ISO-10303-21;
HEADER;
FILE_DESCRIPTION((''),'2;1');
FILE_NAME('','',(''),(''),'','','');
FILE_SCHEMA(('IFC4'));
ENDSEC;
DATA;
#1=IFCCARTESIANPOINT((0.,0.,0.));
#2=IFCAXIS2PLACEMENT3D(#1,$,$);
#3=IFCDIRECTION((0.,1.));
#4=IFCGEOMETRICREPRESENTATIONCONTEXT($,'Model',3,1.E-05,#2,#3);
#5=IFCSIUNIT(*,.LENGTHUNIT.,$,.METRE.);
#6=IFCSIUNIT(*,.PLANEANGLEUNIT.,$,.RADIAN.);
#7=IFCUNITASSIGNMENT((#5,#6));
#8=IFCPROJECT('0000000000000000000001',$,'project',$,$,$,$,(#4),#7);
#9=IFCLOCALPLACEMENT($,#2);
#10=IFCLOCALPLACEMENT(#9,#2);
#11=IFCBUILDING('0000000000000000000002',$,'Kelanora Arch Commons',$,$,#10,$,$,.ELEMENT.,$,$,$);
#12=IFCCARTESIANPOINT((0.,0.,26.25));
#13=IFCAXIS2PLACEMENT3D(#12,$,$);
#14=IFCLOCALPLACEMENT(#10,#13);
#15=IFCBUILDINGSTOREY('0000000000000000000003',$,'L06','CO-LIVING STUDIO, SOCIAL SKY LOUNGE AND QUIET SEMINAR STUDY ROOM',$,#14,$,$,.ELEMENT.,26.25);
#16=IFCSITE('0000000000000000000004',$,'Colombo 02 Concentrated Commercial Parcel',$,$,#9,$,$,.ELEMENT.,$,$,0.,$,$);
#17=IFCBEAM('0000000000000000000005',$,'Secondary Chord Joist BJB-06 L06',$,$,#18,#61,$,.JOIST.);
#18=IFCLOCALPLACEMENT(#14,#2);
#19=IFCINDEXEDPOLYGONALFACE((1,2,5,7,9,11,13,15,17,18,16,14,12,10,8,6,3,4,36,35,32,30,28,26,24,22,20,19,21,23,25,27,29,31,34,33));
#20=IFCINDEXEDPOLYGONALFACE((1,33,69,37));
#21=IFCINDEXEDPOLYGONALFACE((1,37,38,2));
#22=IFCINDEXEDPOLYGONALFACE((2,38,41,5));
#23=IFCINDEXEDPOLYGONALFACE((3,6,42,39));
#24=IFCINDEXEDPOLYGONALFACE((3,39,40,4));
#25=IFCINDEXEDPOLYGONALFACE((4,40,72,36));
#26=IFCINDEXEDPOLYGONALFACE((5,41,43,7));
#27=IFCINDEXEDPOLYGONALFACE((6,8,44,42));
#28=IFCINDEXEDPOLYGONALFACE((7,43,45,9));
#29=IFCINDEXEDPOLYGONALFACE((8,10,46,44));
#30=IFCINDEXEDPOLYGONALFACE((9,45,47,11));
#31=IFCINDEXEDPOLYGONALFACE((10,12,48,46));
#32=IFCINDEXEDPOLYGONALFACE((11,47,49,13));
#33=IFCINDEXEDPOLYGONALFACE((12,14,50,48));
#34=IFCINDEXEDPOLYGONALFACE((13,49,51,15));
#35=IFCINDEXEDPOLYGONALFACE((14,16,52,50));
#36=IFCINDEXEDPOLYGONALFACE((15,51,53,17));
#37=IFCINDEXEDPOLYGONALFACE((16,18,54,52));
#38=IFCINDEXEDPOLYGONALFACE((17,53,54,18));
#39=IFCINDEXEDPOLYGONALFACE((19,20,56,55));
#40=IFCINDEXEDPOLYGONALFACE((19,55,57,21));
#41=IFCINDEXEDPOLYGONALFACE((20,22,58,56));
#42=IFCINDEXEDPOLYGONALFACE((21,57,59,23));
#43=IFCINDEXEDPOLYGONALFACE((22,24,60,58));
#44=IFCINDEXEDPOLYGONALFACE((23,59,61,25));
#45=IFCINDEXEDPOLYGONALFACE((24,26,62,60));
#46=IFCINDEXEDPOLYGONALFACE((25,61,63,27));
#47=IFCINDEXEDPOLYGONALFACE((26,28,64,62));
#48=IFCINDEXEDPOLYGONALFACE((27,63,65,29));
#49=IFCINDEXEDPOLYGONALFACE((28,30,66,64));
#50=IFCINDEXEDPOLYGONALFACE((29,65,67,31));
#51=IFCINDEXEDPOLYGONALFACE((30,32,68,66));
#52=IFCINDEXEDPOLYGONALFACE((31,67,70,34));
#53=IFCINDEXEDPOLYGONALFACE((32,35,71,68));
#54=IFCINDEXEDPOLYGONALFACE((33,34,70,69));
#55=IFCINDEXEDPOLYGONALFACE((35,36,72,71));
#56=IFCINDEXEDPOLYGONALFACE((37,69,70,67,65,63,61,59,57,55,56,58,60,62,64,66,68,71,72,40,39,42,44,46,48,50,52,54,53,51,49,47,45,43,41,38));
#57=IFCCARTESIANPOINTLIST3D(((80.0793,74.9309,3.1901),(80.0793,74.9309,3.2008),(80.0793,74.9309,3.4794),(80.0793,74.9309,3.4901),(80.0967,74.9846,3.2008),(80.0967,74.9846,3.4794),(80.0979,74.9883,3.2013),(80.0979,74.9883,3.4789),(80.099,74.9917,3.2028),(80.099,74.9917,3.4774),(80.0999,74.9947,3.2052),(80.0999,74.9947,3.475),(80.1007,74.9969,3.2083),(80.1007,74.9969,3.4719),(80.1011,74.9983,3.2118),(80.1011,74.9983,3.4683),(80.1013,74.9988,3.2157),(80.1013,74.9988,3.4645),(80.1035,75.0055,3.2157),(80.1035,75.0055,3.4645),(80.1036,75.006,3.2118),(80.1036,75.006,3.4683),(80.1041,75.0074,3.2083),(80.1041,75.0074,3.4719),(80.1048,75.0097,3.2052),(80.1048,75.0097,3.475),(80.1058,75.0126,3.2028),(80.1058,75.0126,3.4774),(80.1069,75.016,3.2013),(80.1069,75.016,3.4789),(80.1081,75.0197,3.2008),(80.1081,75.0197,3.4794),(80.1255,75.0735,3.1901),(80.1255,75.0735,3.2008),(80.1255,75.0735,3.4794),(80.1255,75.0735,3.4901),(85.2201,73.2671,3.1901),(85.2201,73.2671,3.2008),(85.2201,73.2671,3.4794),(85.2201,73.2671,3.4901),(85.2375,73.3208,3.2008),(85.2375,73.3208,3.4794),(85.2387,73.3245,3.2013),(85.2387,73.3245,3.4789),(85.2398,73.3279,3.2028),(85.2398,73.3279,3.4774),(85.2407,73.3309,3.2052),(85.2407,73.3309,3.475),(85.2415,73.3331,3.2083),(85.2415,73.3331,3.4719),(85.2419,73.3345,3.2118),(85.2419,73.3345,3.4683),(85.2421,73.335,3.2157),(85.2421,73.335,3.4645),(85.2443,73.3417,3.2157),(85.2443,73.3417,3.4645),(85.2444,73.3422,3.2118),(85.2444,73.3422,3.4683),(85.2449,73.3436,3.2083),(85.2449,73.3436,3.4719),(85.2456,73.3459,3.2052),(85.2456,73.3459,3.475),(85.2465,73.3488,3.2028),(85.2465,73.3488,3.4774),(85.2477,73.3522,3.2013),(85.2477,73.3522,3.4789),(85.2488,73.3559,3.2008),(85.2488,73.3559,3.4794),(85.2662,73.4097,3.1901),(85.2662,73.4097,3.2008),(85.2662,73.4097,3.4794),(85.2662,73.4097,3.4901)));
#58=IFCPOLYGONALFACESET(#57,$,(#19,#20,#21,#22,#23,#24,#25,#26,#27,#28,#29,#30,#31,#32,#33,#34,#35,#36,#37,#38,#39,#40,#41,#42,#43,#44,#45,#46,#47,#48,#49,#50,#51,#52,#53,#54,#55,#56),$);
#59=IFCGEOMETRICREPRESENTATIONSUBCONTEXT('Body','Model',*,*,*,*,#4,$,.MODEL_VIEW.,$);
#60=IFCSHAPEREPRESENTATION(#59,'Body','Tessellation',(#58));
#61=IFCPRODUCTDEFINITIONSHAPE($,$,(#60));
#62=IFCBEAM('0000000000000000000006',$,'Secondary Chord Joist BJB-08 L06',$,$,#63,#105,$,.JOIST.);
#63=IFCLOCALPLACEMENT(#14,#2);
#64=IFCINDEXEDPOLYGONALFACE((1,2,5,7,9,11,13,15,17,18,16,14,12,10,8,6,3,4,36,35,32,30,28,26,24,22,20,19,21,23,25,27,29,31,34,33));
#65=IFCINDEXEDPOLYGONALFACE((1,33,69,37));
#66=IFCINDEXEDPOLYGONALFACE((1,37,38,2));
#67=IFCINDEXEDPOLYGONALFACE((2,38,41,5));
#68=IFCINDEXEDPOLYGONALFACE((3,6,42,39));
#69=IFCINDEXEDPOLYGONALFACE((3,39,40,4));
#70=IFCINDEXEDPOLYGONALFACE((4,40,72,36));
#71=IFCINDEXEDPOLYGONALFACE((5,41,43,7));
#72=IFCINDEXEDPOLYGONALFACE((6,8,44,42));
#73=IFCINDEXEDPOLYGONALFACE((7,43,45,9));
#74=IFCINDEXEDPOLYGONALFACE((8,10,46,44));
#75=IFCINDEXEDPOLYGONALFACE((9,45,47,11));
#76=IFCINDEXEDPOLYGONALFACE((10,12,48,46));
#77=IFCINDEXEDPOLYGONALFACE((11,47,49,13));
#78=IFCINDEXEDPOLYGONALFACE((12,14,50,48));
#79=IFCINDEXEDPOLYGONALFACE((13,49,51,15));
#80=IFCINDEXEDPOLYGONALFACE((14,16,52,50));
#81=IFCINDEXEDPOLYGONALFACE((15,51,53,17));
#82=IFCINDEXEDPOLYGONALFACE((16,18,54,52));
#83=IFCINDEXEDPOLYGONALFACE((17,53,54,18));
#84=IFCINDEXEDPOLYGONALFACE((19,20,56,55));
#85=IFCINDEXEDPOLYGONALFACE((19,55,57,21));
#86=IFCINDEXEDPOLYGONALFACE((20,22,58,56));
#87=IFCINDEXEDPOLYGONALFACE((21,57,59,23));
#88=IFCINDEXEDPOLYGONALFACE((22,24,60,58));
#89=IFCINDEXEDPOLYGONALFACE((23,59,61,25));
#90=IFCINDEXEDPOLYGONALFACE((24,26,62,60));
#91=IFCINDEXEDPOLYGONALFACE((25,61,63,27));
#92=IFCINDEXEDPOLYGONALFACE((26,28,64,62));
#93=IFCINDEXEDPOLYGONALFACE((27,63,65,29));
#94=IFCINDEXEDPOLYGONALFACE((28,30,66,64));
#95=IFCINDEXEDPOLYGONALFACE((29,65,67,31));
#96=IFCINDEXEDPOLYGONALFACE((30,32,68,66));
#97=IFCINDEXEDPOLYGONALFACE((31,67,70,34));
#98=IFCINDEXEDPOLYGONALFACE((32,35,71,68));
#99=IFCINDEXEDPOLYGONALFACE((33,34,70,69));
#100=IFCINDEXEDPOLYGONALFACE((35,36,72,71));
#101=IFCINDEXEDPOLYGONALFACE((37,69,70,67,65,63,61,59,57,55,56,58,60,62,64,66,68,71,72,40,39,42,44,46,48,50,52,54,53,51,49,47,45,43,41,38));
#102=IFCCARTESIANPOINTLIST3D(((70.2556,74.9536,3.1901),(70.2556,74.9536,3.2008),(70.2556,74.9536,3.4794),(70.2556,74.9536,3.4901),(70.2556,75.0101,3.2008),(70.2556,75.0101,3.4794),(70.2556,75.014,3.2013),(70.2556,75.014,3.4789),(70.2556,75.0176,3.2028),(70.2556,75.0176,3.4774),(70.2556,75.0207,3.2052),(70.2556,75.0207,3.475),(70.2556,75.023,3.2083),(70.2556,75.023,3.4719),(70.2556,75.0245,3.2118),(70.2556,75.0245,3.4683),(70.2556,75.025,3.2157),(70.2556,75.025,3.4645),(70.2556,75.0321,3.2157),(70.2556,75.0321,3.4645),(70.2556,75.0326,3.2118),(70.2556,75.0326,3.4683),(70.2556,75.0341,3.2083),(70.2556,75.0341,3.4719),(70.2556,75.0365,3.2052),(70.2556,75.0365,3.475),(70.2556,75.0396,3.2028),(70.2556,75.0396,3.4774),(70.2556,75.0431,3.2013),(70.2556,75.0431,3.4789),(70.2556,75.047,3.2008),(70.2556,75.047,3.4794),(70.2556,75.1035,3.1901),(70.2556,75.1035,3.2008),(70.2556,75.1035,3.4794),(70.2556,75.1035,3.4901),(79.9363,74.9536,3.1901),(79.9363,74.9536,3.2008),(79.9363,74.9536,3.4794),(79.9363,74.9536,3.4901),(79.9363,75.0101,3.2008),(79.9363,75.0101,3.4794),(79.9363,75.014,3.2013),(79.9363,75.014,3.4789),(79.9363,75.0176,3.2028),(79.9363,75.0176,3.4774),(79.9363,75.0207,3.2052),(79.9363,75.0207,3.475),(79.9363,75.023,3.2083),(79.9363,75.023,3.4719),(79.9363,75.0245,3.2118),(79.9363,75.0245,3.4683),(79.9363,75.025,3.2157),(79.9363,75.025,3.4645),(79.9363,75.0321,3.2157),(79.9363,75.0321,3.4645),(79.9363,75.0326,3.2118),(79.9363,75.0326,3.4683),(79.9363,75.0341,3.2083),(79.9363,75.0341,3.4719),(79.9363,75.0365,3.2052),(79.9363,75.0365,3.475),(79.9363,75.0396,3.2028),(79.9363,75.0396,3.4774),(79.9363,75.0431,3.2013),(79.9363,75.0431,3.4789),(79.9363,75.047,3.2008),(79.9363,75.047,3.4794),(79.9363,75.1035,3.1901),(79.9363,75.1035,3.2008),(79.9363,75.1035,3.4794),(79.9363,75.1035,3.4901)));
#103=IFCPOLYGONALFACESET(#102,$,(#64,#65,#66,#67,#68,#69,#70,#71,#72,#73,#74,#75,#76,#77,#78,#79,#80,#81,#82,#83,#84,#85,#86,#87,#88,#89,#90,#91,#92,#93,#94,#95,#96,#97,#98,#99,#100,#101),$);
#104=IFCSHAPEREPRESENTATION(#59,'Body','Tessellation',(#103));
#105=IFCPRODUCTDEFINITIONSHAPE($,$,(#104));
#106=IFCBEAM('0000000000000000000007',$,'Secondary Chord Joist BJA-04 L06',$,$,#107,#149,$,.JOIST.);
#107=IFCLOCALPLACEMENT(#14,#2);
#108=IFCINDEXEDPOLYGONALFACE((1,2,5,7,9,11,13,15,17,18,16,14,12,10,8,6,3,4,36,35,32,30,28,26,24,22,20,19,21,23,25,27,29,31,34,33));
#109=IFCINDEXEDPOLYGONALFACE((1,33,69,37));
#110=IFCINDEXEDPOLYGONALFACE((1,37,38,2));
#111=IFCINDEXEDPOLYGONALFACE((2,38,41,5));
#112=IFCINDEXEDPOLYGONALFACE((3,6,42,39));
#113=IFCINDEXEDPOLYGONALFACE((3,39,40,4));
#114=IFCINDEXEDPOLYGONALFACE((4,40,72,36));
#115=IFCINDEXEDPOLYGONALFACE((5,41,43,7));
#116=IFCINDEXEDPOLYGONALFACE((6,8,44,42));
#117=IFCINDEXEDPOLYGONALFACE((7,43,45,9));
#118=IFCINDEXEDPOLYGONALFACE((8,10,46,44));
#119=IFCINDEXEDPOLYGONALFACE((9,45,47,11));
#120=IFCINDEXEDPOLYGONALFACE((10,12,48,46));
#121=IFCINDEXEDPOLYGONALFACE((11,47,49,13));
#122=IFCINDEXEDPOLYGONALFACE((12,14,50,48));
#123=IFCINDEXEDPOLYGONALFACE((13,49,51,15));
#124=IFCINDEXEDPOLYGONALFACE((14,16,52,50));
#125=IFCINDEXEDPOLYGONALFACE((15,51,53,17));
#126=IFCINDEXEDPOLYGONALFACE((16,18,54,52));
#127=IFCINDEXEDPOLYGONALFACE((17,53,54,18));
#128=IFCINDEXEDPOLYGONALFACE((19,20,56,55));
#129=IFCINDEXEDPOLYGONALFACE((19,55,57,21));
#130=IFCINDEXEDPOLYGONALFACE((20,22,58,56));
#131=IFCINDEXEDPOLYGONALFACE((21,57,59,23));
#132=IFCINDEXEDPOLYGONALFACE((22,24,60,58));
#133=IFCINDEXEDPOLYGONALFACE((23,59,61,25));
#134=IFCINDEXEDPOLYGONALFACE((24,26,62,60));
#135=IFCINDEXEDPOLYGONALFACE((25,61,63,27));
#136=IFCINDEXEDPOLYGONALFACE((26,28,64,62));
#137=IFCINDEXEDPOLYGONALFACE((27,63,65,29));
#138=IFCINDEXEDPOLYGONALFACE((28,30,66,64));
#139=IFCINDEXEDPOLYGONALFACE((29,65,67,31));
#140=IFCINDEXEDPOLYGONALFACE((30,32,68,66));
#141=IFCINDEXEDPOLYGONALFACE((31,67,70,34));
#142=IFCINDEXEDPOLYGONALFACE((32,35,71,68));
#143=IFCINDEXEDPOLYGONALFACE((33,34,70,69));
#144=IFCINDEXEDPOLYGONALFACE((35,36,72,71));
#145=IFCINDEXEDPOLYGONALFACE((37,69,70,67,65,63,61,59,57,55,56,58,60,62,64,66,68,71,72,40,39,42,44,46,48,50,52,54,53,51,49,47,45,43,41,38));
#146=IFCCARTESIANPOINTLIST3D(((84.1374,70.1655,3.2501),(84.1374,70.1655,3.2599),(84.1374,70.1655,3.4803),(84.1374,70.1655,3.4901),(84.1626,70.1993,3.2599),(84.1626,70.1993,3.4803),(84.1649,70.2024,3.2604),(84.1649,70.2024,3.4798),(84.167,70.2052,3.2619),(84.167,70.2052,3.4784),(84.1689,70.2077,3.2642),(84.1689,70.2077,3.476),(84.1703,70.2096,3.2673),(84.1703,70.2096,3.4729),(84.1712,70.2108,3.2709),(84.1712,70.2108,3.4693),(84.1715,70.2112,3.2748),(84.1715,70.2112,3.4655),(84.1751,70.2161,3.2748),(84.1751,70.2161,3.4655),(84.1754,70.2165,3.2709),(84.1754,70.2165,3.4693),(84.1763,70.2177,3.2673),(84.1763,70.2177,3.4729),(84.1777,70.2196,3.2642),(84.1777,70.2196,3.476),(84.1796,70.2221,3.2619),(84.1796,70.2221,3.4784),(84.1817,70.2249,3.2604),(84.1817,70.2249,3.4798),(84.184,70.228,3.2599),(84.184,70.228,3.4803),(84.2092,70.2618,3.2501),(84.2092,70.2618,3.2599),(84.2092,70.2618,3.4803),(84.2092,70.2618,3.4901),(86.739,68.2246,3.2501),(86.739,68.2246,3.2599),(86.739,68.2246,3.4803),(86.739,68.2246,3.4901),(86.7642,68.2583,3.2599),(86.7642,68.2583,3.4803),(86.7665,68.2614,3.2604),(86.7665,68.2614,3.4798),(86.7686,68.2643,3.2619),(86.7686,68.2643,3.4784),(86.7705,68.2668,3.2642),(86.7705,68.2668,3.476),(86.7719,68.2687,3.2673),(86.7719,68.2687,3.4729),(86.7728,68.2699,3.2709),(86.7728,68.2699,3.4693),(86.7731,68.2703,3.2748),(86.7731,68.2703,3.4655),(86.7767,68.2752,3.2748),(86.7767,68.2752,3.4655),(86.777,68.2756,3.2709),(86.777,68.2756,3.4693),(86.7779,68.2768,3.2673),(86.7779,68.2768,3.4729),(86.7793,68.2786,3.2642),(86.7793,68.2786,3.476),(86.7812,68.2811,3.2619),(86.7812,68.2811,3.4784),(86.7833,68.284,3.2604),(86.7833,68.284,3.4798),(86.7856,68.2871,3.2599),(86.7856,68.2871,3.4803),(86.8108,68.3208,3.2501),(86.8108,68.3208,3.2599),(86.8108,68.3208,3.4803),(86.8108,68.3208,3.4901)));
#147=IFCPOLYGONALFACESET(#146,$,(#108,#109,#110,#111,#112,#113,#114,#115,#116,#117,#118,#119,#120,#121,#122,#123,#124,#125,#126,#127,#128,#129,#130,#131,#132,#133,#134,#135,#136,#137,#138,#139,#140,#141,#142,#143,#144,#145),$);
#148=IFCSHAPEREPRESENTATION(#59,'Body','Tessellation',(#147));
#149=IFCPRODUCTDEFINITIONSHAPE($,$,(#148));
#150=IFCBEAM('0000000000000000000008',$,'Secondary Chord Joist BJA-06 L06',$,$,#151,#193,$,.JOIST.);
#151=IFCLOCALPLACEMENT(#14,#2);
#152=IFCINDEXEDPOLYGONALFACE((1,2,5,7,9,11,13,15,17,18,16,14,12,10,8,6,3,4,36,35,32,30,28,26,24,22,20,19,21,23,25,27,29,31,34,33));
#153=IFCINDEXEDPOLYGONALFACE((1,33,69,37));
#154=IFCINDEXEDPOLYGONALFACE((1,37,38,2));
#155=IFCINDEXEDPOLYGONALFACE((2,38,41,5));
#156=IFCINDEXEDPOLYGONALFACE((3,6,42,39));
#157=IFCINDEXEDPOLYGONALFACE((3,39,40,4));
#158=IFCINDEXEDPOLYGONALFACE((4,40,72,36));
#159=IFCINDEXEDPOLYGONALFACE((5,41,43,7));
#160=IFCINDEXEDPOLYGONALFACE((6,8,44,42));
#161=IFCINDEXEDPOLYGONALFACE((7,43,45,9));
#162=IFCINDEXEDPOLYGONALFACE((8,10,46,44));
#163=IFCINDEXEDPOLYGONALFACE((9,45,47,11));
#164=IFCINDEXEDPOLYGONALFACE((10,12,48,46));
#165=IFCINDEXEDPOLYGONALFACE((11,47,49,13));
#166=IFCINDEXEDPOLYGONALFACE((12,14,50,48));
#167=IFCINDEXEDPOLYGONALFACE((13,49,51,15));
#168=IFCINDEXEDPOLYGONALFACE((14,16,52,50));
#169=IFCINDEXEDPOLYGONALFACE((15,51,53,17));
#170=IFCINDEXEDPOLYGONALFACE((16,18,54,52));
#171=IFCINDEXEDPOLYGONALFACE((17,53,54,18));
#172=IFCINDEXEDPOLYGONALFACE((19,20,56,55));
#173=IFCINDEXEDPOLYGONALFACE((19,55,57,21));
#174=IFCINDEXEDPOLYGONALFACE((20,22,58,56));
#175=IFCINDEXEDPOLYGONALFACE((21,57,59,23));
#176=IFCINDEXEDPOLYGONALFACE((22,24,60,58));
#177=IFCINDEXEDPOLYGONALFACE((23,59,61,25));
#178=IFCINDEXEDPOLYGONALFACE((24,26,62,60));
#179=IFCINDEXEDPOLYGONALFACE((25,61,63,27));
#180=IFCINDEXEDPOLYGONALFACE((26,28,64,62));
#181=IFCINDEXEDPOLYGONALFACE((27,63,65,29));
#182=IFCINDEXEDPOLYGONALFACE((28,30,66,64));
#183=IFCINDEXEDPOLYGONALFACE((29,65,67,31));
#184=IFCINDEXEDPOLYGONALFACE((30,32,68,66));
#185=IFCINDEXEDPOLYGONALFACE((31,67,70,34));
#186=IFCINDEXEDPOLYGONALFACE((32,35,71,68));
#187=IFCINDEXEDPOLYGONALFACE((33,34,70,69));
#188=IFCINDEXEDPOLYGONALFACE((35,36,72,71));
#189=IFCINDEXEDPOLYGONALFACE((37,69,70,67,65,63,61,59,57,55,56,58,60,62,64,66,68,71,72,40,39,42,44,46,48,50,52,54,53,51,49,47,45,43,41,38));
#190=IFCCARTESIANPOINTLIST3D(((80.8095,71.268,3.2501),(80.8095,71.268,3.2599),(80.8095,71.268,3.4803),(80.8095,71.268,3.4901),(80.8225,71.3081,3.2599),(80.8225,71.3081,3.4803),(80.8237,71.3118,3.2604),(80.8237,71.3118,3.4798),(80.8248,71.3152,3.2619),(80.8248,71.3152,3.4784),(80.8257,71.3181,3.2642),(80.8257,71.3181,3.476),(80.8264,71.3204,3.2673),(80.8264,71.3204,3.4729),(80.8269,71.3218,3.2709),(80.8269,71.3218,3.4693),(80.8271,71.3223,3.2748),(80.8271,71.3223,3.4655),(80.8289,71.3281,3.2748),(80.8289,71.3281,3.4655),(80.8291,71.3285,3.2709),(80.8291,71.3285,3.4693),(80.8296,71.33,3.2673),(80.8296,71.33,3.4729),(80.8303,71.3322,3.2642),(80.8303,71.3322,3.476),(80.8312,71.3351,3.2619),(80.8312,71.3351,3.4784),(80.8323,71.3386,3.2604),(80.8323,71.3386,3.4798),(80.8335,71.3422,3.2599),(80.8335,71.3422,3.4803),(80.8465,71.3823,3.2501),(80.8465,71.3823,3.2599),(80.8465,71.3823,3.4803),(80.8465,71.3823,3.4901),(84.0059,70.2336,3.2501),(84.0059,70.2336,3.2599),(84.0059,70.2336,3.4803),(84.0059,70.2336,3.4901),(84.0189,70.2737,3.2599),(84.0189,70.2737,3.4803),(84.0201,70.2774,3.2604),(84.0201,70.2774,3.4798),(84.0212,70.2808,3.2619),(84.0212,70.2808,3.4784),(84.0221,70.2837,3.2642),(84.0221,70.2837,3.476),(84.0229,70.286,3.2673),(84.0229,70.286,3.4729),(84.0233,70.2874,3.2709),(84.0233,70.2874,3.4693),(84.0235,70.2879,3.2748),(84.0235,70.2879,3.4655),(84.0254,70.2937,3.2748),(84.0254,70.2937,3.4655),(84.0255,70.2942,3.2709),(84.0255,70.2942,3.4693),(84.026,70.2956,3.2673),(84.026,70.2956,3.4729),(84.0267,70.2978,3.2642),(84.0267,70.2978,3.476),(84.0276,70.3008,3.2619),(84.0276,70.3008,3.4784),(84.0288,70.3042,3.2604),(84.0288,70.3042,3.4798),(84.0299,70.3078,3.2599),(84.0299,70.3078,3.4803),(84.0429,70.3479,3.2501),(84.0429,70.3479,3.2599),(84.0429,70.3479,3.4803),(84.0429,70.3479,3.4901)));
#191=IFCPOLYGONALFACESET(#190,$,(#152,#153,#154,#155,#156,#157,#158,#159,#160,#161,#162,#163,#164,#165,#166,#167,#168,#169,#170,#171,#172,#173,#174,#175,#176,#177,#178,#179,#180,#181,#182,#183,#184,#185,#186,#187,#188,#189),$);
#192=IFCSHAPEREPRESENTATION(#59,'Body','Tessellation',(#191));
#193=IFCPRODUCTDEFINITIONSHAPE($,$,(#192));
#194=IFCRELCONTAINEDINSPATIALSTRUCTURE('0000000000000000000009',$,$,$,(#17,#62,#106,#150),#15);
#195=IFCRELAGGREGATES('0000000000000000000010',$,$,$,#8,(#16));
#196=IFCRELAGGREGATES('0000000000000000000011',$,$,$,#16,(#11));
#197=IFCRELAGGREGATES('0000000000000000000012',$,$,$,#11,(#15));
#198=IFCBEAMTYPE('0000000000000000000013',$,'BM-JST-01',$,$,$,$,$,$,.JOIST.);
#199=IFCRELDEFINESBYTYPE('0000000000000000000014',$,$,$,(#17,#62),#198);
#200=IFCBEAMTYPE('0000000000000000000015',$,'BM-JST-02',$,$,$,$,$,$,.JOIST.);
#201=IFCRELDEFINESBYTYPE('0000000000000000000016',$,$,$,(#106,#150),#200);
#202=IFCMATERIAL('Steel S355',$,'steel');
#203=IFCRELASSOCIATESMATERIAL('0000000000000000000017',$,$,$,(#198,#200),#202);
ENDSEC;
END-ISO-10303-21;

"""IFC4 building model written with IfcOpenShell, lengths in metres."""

from ifc_helpers import new_model, si_unit, direction, frame, origin, origin_2d, place, context, subcontext, project, spatial, i_section, extrude, material, material_profile, profile_set, type_object, element, save


model = new_model("IFC4")

# Units and contexts
model_context = context("Model", 3, precision=1e-05, world=origin(), true_north=direction((0.0, 1.0)))
body_context = subcontext(model_context, "Body", "Model", "MODEL_VIEW")
ifc_project = project(units=[si_unit("LENGTHUNIT", "METRE"), si_unit("PLANEANGLEUNIT", "RADIAN")], contexts=[model_context])

# Site, building, storey
site_placement = place(None, origin())
site = spatial("IfcSite", under=ifc_project, at=site_placement, Name="Colombo 02 Concentrated Commercial Parcel", CompositionType="ELEMENT", RefElevation=0.0)
building_placement = place(site_placement, origin())
building = spatial("IfcBuilding", under=site, at=building_placement, Name="Kelanora Arch Commons", CompositionType="ELEMENT")
storey_placement = place(building_placement, frame((0.0, 0.0, 26.25)))
storey = spatial("IfcBuildingStorey", under=building, at=storey_placement, Name="L06", Description="CO-LIVING STUDIO, SOCIAL SKY LOUNGE AND QUIET SEMINAR STUDY ROOM", CompositionType="ELEMENT", Elevation=26.25)

# Beams
ifc_material_1 = material(Name="Steel S355", Category="steel")
ifc_material_profile_1 = material_profile(ifc_material_1, i_section(OverallWidth=0.1499, OverallDepth=0.3, WebThickness=0.0071, FlangeThickness=0.0107, FilletRadius=0.0149, at=origin_2d()), Name="IPE300")
ifc_profile_set_1 = profile_set([ifc_material_profile_1], Name="Steel S355")
beam_type_1 = type_object("IfcBeamType", Name="BM-JST-01", PredefinedType="JOIST", material=ifc_profile_set_1)
beam_1_placement = place(storey_placement, frame((85.2432, 73.3384, 3.3401), z_axis=(-0.951412, 0.30792, 0.0), x_axis=(-0.30792, -0.951412, 0.0)))
element("IfcBeam", 1, at=beam_1_placement, inside=storey, type_object=beam_type_1, Name="Secondary Chord Joist BJB-06 L06", PredefinedType="JOIST", context=body_context, shape_type="SweptSolid", body=[
    extrude(i_section(OverallWidth=0.1499, OverallDepth=0.3, WebThickness=0.0071, FlangeThickness=0.0107, FilletRadius=0.0149, at=origin_2d()), origin(), (0.0, 0.0, 1.0), 5.4033),
])
beam_2_placement = place(storey_placement, frame((79.9363, 75.0286, 3.3401), z_axis=(-1.0, 0.0, 0.0), x_axis=(0.0, -1.0, 0.0)))
element("IfcBeam", 2, at=beam_2_placement, inside=storey, type_object=beam_type_1, Name="Secondary Chord Joist BJB-08 L06", PredefinedType="JOIST", context=body_context, shape_type="SweptSolid", body=[
    extrude(i_section(OverallWidth=0.1499, OverallDepth=0.3, WebThickness=0.0071, FlangeThickness=0.0107, FilletRadius=0.0149, at=origin_2d()), origin(), (0.0, 0.0, 1.0), 9.6807),
])
ifc_material_profile_2 = material_profile(ifc_material_1, i_section(OverallWidth=0.1201, OverallDepth=0.24, WebThickness=0.0061, FlangeThickness=0.0098, FilletRadius=0.0149, at=origin_2d()), Name="IPE240")
ifc_profile_set_2 = profile_set([ifc_material_profile_2], Name="Steel S355")
beam_type_2 = type_object("IfcBeamType", Name="BM-JST-02", PredefinedType="JOIST", material=ifc_profile_set_2)
beam_3_placement = place(storey_placement, frame((86.7749, 68.2727, 3.3701), z_axis=(-0.801514, 0.597976, 0.0), x_axis=(-0.597976, -0.801514, 0.0)))
element("IfcBeam", 3, at=beam_3_placement, inside=storey, type_object=beam_type_2, Name="Secondary Chord Joist BJA-04 L06", PredefinedType="JOIST", context=body_context, shape_type="SweptSolid", body=[
    extrude(i_section(OverallWidth=0.1201, OverallDepth=0.24, WebThickness=0.0061, FlangeThickness=0.0098, FilletRadius=0.0149, at=origin_2d()), origin(), (0.0, 0.0, 1.0), 3.2458),
])
beam_4_placement = place(storey_placement, frame((84.0244, 70.2908, 3.3701), z_axis=(-0.951423, 0.307888, 0.0), x_axis=(-0.307888, -0.951423, 0.0)))
element("IfcBeam", 4, at=beam_4_placement, inside=storey, type_object=beam_type_2, Name="Secondary Chord Joist BJA-06 L06", PredefinedType="JOIST", context=body_context, shape_type="SweptSolid", body=[
    extrude(i_section(OverallWidth=0.1201, OverallDepth=0.24, WebThickness=0.0061, FlangeThickness=0.0098, FilletRadius=0.0149, at=origin_2d()), origin(), (0.0, 0.0, 1.0), 3.3596),
])

save(model, "model.ifc")
